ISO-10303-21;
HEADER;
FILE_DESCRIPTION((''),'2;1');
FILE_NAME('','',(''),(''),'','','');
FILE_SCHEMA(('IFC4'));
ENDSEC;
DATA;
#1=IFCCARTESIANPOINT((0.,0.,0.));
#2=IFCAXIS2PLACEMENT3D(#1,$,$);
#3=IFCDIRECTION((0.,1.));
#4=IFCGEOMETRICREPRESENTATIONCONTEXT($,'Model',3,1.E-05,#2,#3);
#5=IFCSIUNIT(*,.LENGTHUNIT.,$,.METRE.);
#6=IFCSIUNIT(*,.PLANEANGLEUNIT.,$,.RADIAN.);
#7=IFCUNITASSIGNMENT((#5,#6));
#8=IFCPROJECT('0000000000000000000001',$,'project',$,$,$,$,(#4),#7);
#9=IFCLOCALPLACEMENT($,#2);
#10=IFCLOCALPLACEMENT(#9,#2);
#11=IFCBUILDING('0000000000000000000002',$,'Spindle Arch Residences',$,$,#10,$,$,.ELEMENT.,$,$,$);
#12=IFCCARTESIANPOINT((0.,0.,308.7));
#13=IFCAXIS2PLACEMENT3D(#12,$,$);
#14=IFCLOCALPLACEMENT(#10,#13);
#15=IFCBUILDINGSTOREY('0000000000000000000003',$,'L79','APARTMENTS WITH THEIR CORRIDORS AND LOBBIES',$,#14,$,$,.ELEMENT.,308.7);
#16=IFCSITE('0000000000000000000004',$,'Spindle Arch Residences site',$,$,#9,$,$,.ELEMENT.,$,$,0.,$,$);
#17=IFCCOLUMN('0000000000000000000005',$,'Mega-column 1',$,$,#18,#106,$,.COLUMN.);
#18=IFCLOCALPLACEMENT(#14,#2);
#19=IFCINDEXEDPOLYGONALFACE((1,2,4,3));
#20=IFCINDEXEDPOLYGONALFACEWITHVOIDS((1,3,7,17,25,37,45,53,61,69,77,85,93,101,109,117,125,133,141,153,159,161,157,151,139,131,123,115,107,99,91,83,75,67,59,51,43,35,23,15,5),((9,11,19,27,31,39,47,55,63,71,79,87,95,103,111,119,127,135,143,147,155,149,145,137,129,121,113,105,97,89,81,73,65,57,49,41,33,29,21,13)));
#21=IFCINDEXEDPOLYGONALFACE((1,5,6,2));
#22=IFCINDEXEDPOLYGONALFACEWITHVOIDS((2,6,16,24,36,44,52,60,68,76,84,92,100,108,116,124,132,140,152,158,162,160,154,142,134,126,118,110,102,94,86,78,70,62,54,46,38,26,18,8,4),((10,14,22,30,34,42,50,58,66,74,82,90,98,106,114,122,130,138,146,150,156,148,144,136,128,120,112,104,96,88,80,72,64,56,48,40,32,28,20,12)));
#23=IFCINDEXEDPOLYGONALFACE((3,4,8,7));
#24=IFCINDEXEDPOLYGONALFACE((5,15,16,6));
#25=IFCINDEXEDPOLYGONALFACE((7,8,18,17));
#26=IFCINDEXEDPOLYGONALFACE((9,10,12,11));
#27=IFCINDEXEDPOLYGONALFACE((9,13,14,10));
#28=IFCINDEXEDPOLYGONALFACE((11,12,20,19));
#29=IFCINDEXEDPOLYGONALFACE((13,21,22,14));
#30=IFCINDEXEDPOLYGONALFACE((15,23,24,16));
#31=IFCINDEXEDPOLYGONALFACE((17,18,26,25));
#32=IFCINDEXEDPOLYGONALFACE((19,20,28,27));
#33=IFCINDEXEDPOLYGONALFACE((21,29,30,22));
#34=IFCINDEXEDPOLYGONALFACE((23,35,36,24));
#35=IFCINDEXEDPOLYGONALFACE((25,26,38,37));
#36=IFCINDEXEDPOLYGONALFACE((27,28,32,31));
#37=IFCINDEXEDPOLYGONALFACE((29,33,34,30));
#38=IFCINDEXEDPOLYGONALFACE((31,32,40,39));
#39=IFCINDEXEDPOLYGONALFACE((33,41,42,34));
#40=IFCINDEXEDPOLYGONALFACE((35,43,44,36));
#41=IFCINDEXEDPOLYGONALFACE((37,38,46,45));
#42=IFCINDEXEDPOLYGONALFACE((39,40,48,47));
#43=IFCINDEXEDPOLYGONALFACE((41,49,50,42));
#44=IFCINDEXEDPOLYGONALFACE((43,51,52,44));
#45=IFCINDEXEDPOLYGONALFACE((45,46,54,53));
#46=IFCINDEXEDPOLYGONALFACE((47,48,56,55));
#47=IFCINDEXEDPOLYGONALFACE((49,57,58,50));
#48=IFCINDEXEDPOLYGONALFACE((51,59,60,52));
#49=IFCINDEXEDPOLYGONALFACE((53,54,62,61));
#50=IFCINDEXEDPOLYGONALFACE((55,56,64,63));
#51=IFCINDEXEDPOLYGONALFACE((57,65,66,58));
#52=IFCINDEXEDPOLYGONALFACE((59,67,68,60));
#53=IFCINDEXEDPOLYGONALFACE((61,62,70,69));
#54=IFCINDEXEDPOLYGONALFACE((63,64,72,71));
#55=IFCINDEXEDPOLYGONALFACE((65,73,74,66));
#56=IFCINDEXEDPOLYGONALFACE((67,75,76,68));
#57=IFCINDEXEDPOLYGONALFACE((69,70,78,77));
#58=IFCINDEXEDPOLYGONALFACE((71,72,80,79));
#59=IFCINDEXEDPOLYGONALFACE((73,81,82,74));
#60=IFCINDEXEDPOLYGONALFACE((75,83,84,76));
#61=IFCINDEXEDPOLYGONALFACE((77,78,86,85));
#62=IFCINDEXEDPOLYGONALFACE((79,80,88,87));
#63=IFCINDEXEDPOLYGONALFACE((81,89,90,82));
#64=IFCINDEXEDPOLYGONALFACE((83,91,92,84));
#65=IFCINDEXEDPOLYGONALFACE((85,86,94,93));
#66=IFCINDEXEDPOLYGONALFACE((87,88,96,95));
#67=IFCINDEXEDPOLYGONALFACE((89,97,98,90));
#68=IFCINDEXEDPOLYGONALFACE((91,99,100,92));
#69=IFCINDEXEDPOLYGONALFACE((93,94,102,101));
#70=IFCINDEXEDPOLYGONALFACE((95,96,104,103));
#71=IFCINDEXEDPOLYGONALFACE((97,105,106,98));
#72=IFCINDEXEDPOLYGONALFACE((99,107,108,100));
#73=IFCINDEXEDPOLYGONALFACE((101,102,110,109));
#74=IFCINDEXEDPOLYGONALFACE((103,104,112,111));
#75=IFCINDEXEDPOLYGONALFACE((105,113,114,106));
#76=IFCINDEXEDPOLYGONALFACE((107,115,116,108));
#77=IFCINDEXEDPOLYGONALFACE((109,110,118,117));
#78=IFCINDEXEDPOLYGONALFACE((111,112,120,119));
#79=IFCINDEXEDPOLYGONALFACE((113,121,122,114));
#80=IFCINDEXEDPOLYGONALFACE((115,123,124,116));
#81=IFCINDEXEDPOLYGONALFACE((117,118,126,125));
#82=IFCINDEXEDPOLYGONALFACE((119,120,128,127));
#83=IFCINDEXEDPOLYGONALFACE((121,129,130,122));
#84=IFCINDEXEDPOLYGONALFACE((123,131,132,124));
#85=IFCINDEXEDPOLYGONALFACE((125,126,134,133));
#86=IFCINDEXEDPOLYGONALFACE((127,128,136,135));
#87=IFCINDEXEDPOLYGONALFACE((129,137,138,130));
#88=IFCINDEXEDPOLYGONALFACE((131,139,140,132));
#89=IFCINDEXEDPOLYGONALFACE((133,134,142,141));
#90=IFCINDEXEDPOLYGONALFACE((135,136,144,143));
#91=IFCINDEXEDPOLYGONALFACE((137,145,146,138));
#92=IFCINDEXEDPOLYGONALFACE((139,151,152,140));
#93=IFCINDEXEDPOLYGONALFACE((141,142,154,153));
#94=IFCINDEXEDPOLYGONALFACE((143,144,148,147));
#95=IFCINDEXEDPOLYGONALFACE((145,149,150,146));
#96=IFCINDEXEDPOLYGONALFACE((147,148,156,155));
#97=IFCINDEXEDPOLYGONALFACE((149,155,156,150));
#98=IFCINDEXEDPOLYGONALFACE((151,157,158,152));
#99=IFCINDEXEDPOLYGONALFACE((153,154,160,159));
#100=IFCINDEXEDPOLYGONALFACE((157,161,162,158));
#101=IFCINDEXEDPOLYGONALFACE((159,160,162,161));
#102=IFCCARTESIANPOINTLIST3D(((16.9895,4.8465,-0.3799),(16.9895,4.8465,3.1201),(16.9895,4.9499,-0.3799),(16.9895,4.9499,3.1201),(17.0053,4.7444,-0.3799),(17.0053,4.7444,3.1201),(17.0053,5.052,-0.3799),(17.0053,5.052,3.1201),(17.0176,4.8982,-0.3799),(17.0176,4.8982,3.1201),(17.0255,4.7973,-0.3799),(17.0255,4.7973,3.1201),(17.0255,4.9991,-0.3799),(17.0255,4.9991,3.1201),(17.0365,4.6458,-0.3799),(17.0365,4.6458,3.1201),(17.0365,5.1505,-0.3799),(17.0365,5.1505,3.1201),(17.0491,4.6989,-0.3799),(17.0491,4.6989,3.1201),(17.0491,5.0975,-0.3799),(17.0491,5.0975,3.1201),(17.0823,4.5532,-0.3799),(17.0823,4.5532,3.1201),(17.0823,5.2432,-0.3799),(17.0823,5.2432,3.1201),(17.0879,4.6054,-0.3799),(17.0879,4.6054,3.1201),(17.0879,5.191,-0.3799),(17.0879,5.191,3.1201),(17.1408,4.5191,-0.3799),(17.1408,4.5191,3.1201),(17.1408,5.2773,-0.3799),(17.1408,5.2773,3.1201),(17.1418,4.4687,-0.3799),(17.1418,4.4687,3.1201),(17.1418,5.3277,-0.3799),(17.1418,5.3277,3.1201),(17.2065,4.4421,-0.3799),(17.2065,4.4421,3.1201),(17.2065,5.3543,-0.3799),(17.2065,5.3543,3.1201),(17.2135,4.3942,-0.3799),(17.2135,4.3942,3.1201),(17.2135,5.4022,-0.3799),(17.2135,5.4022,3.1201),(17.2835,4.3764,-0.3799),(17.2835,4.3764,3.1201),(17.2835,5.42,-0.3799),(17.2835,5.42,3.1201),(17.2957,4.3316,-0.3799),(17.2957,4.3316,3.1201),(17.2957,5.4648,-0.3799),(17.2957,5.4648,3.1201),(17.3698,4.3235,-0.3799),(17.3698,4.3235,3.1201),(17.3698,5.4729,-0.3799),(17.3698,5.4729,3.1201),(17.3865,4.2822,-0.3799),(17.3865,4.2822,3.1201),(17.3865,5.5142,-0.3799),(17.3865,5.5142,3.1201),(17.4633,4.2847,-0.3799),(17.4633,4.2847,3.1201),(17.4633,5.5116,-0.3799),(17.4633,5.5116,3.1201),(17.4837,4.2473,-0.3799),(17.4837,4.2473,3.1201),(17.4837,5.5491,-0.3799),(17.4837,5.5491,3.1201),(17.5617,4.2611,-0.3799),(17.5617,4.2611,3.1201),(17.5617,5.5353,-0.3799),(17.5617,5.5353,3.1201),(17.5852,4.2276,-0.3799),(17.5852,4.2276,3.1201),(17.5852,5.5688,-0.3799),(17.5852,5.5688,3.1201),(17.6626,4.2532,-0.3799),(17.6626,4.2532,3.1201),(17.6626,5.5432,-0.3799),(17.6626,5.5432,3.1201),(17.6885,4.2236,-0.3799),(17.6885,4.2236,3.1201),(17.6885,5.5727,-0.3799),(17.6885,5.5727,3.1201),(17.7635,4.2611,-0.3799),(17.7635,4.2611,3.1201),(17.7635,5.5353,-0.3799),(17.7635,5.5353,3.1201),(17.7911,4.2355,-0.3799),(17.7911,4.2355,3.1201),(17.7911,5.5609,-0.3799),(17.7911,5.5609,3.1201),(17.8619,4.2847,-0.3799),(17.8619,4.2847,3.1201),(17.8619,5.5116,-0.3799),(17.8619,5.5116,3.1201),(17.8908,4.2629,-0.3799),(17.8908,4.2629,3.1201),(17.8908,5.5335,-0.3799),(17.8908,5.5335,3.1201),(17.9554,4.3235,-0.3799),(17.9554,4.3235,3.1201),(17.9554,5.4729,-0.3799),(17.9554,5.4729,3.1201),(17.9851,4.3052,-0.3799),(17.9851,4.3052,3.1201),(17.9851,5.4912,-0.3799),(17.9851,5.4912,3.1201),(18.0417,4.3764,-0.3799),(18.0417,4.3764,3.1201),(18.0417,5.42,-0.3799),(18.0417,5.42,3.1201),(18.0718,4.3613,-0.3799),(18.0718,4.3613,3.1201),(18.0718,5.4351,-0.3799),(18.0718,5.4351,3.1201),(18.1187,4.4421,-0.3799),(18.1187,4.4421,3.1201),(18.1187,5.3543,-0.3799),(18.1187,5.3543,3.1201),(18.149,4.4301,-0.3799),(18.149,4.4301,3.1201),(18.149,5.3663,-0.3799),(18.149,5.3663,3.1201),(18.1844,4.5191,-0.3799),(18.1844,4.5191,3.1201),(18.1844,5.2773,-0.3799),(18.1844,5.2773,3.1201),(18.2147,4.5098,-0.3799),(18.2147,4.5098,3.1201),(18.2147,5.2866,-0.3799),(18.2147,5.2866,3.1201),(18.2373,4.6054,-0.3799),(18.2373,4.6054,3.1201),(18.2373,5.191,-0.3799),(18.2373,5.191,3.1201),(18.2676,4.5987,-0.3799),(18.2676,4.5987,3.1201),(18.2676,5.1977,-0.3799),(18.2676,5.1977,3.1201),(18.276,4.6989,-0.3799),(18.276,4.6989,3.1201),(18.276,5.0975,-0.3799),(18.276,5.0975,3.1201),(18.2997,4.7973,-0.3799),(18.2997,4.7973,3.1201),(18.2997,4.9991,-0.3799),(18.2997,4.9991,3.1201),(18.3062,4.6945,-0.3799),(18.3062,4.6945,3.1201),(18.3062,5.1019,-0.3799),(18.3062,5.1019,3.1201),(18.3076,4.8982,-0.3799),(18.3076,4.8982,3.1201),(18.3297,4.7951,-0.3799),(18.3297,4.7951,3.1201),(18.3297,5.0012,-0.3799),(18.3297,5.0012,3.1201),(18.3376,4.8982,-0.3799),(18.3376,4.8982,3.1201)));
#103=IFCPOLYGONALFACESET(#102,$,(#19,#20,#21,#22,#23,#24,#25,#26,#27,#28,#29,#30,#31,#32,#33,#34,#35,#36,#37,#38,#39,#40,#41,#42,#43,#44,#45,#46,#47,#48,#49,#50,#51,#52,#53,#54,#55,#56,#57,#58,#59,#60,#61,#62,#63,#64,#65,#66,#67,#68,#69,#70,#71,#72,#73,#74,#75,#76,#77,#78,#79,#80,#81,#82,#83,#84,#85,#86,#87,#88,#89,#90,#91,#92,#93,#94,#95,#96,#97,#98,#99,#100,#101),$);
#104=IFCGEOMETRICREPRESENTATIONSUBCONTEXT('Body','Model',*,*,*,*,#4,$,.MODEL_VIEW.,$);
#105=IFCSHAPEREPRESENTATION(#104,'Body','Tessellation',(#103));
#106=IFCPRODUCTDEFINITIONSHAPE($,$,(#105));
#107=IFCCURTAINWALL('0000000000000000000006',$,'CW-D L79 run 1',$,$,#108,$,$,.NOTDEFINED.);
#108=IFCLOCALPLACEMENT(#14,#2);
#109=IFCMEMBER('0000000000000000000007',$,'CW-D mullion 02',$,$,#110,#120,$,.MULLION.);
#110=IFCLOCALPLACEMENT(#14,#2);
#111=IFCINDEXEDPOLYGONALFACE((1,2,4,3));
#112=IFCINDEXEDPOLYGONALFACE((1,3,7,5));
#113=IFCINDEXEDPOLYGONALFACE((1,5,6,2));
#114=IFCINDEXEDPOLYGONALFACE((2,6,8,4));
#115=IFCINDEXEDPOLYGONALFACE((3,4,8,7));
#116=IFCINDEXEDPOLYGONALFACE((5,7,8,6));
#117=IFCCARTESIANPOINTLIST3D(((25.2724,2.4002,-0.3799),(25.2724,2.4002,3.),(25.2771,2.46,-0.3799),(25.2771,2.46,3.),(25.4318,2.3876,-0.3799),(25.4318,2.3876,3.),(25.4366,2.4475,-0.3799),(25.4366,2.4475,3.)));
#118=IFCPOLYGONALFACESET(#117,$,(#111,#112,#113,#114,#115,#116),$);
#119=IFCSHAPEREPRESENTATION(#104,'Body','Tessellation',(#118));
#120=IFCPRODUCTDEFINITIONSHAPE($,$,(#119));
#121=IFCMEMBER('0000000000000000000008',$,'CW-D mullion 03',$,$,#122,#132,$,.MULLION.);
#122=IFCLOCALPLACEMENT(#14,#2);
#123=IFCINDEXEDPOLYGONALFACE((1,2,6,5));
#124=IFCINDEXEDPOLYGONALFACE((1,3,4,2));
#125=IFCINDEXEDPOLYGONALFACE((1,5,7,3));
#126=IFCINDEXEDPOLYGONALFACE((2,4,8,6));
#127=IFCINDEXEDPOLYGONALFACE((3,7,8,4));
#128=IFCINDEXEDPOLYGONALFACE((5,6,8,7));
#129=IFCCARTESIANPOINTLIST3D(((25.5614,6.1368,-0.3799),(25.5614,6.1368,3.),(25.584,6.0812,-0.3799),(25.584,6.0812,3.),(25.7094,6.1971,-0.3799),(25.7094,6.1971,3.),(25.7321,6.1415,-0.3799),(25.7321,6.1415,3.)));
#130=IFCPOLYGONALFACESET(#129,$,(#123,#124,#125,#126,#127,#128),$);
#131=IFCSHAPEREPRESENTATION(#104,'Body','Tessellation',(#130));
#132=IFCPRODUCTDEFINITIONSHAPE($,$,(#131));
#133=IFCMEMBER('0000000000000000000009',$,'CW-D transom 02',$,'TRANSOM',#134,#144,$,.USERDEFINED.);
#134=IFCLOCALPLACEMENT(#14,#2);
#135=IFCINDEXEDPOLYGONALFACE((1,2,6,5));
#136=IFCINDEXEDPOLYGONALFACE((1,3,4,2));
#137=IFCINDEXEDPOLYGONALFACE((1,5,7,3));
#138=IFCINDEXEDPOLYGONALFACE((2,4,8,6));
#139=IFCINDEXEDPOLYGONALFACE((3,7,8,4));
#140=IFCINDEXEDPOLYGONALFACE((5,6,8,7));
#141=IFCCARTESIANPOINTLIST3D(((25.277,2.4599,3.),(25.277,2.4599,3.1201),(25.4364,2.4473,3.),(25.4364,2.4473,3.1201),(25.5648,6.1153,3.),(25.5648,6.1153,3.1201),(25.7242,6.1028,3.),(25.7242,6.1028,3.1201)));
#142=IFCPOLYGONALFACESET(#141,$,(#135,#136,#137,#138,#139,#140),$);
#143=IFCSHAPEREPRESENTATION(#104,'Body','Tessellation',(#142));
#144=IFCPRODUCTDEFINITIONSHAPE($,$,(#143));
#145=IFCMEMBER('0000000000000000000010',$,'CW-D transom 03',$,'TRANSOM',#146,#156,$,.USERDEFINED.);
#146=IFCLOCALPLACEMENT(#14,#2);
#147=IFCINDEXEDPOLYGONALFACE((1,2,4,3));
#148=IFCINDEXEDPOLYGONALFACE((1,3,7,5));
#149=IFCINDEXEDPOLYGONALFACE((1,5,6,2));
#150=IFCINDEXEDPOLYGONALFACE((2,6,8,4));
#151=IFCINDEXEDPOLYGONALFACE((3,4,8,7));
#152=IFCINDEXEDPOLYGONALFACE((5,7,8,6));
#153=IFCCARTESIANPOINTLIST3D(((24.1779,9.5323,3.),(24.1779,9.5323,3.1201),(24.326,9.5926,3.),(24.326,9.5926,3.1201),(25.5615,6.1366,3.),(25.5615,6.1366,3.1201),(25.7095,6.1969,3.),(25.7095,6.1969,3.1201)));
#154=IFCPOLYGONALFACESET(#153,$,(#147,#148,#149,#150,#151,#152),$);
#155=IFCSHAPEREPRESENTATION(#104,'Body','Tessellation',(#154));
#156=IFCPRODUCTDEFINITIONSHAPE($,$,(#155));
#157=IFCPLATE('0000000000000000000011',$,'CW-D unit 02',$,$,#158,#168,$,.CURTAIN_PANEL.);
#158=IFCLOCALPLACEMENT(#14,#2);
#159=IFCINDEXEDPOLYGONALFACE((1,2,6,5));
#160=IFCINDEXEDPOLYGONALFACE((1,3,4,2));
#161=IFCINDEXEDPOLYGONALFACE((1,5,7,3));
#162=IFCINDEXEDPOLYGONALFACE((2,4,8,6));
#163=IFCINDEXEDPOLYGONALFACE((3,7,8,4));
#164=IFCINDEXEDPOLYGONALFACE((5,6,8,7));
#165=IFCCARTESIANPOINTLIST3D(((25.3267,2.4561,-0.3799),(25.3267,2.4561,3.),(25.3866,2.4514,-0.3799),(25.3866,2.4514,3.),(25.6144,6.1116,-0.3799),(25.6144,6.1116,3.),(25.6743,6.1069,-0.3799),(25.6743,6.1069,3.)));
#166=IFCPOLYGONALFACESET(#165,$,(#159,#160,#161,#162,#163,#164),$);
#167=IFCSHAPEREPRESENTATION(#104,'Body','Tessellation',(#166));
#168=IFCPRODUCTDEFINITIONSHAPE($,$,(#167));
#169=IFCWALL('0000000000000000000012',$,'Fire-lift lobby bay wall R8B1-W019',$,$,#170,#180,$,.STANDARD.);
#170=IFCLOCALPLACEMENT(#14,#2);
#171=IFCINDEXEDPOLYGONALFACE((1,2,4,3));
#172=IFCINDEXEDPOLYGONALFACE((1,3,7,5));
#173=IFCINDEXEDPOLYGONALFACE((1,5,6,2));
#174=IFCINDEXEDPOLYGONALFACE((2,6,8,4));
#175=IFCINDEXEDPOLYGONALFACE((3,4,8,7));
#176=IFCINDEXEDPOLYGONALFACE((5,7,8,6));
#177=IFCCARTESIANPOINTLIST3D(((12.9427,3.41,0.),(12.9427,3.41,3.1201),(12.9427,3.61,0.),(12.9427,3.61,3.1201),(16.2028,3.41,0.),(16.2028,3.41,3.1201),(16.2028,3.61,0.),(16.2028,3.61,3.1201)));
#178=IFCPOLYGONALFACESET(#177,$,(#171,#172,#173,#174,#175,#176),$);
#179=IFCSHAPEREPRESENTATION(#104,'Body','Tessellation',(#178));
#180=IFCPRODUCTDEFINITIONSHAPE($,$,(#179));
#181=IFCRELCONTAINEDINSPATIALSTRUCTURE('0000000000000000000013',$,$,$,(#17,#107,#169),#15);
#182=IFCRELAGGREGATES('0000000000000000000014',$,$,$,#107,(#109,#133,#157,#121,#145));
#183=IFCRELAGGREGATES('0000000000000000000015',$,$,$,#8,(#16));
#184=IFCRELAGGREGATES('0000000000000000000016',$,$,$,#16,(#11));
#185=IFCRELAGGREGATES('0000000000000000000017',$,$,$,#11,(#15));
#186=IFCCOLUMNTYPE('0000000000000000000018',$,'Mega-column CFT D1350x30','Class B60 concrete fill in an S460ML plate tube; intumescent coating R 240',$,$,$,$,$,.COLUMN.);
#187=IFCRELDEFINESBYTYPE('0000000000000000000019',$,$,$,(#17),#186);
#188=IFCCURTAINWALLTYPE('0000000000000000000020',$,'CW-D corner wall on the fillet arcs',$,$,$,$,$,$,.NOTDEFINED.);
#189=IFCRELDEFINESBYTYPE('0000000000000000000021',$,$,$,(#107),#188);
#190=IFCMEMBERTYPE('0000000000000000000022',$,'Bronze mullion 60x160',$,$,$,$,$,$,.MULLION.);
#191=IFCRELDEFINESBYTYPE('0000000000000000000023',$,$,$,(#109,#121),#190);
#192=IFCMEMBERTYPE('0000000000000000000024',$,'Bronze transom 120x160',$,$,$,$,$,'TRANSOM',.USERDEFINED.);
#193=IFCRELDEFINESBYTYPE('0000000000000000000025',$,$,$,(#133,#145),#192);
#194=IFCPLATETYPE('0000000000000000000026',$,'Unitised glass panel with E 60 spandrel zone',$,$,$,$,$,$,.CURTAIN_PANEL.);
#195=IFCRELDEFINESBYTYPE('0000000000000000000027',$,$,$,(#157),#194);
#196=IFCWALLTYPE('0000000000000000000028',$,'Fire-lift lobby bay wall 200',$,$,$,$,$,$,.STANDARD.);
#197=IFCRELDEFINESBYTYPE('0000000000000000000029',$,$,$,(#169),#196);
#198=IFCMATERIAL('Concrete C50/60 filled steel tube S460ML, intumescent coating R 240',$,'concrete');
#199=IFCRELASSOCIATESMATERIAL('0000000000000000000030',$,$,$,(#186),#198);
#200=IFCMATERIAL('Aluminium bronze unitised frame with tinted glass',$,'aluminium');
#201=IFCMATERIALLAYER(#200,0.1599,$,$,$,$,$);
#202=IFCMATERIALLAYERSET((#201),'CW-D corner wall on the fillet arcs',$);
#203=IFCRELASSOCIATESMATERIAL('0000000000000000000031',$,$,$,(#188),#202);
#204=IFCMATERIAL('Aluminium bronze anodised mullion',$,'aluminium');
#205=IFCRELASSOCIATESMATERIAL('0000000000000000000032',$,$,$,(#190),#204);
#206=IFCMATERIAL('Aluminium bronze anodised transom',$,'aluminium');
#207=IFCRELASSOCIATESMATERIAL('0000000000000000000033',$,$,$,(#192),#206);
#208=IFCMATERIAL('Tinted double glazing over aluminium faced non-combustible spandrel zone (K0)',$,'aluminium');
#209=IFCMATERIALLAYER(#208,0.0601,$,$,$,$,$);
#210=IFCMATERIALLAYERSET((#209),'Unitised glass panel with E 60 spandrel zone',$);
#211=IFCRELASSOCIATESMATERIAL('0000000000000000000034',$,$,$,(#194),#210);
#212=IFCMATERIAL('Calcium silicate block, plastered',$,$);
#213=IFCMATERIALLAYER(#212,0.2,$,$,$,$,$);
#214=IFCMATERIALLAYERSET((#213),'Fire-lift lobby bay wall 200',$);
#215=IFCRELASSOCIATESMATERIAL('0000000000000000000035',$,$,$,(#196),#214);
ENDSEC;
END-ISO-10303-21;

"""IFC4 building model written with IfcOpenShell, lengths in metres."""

from ifc_helpers import new_model, si_unit, direction, frame, frame_2d, origin, origin_2d, place, context, subcontext, project, spatial, rectangle, hollow_circle, extrude, material, layer, layer_set, material_profile, profile_set, type_object, element, aggregate, save


model = new_model("IFC4")

# Units and contexts
model_context = context("Model", 3, precision=1e-05, world=origin(), true_north=direction((0.0, 1.0)))
body_context = subcontext(model_context, "Body", "Model", "MODEL_VIEW")
ifc_project = project(units=[si_unit("LENGTHUNIT", "METRE"), si_unit("PLANEANGLEUNIT", "RADIAN")], contexts=[model_context])

# Site, building, storey
site_placement = place(None, origin())
site = spatial("IfcSite", under=ifc_project, at=site_placement, Name="Spindle Arch Residences site", CompositionType="ELEMENT", RefElevation=0.0)
building_placement = place(site_placement, origin())
building = spatial("IfcBuilding", under=site, at=building_placement, Name="Spindle Arch Residences", CompositionType="ELEMENT")
storey_placement = place(building_placement, frame((0.0, 0.0, 308.7)))
storey = spatial("IfcBuildingStorey", under=building, at=storey_placement, Name="L79", Description="APARTMENTS WITH THEIR CORRIDORS AND LOBBIES", CompositionType="ELEMENT", Elevation=308.7)

# Column
ifc_material_1 = material(Name="Concrete C50/60 filled steel tube S460ML, intumescent coating R 240", Category="concrete")
ifc_material_profile_1 = material_profile(ifc_material_1, hollow_circle(Radius=0.675, WallThickness=0.03, at=origin_2d()), Name="CFT D1350x30")
ifc_profile_set_1 = profile_set([ifc_material_profile_1], Name="Concrete C50/60 filled steel tube S460ML, intumescent coating R 240")
column_type = type_object("IfcColumnType", Name="Mega-column CFT D1350x30", Description="Class B60 concrete fill in an S460ML plate tube; intumescent coating R 240", PredefinedType="COLUMN", material=ifc_profile_set_1)
column_placement = place(storey_placement, frame((17.6626, 4.8982, -0.3799), z_axis=(0.0, 0.0, 1.0), x_axis=(1.0, 0.0, 0.0)))
element("IfcColumn", 1, at=column_placement, inside=storey, type_object=column_type, Name="Mega-column 1", PredefinedType="COLUMN", context=body_context, shape_type="SweptSolid", body=[
    extrude(hollow_circle(Radius=0.675, WallThickness=0.03, at=origin_2d()), origin(), (0.0, 0.0, 1.0), 3.5),
])

# Curtain wall, members, plate
ifc_material_2 = material(Name="Aluminium bronze unitised frame with tinted glass", Category="aluminium")
ifc_layer_1 = layer(ifc_material_2, 0.1599)
ifc_layer_set_1 = layer_set([ifc_layer_1], Name="CW-D corner wall on the fillet arcs")
curtain_wall_type = type_object("IfcCurtainWallType", Name="CW-D corner wall on the fillet arcs", PredefinedType="NOTDEFINED", material=ifc_layer_set_1)
curtain_wall_placement = place(storey_placement, origin())
curtain_wall = element("IfcCurtainWall", 2, at=curtain_wall_placement, inside=storey, type_object=curtain_wall_type, Name="CW-D L79 run 1", PredefinedType="NOTDEFINED")
ifc_material_3 = material(Name="Aluminium bronze anodised mullion", Category="aluminium")
ifc_material_profile_2 = material_profile(ifc_material_3, rectangle(XDim=0.1599, YDim=0.0601, at=origin_2d()), Name="MU 60x160")
ifc_profile_set_2 = profile_set([ifc_material_profile_2], Name="Aluminium bronze anodised mullion")
member_type_1 = type_object("IfcMemberType", Name="Bronze mullion 60x160", PredefinedType="MULLION", material=ifc_profile_set_2)
member_1_placement = place(storey_placement, frame((25.3545, 2.4238, -0.3799), z_axis=(0.0, 0.0, 1.0), x_axis=(-0.996917, 0.078459, 0.0)))
member_1 = element("IfcMember", 3, at=member_1_placement, type_object=member_type_1, Name="CW-D mullion 02", PredefinedType="MULLION", context=body_context, shape_type="SweptSolid", body=[
    extrude(rectangle(XDim=0.1599, YDim=0.0601, at=origin_2d()), origin(), (0.0, 0.0, 1.0), 3.3799),
])
member_2_placement = place(storey_placement, frame((25.6467, 6.1392, -0.3799), z_axis=(0.0, 0.0, 1.0), x_axis=(-0.92609, -0.377302, 0.0)))
member_2 = element("IfcMember", 4, at=member_2_placement, type_object=member_type_1, Name="CW-D mullion 03", PredefinedType="MULLION", context=body_context, shape_type="SweptSolid", body=[
    extrude(rectangle(XDim=0.1599, YDim=0.0601, at=origin_2d()), origin(), (0.0, 0.0, 1.0), 3.3799),
])
ifc_material_4 = material(Name="Aluminium bronze anodised transom", Category="aluminium")
ifc_material_profile_3 = material_profile(ifc_material_4, rectangle(XDim=0.1599, YDim=0.1201, at=origin_2d()), Name="TR 120x160")
ifc_profile_set_3 = profile_set([ifc_material_profile_3], Name="Aluminium bronze anodised transom")
member_type_2 = type_object("IfcMemberType", Name="Bronze transom 120x160", ElementType="TRANSOM", PredefinedType="USERDEFINED", material=ifc_profile_set_3)
member_3_placement = place(storey_placement, frame((25.3567, 2.4536, 3.0601), z_axis=(0.078499, 0.996914, 0.0), x_axis=(-0.996914, 0.078499, 0.0)))
member_3 = element("IfcMember", 5, at=member_3_placement, type_object=member_type_2, Name="CW-D transom 02", ObjectType="TRANSOM", PredefinedType="USERDEFINED", context=body_context, shape_type="SweptSolid", body=[
    extrude(rectangle(XDim=0.1599, YDim=0.1201, at=origin_2d()), origin(), (0.0, 0.0, 1.0), 3.6667),
])
member_4_placement = place(storey_placement, frame((25.6355, 6.1667, 3.0601), z_axis=(-0.377318, 0.926084, 0.0), x_axis=(-0.926084, -0.377318, 0.0)))
member_4 = element("IfcMember", 6, at=member_4_placement, type_object=member_type_2, Name="CW-D transom 03", ObjectType="TRANSOM", PredefinedType="USERDEFINED", context=body_context, shape_type="SweptSolid", body=[
    extrude(rectangle(XDim=0.1599, YDim=0.1201, at=origin_2d()), origin(), (0.0, 0.0, 1.0), 3.6667),
])
ifc_material_5 = material(Name="Tinted double glazing over aluminium faced non-combustible spandrel zone (K0)", Category="aluminium")
ifc_layer_2 = layer(ifc_material_5, 0.0601)
ifc_layer_set_2 = layer_set([ifc_layer_2], Name="Unitised glass panel with E 60 spandrel zone")
plate_type = type_object("IfcPlateType", Name="Unitised glass panel with E 60 spandrel zone", PredefinedType="CURTAIN_PANEL", material=ifc_layer_set_2)
plate_placement = place(storey_placement, frame((25.5005, 4.2815, -0.3799), z_axis=(0.0, 0.0, 1.0), x_axis=(0.078459, 0.996917, 0.0)))
plate = element("IfcPlate", 7, at=plate_placement, type_object=plate_type, Name="CW-D unit 02", PredefinedType="CURTAIN_PANEL", context=body_context, shape_type="SweptSolid", body=[
    extrude(rectangle(XDim=3.6667, YDim=0.0601, at=origin_2d()), origin(), (0.0, 0.0, 1.0), 3.3799),
])
aggregate(curtain_wall, [member_1, member_3, plate, member_2, member_4])

# Wall
ifc_material_6 = material(Name="Calcium silicate block, plastered")
ifc_layer_3 = layer(ifc_material_6, 0.2)
ifc_layer_set_3 = layer_set([ifc_layer_3], Name="Fire-lift lobby bay wall 200")
wall_type_1 = type_object("IfcWallType", Name="Fire-lift lobby bay wall 200", PredefinedType="STANDARD", material=ifc_layer_set_3)
wall_1_placement = place(storey_placement, frame((16.2026, 3.51, 0.0), z_axis=(0.0, 0.0, 1.0), x_axis=(-1.0, 0.0, 0.0)))
element("IfcWall", 8, at=wall_1_placement, inside=storey, type_object=wall_type_1, Name="Fire-lift lobby bay wall R8B1-W019", PredefinedType="STANDARD", context=body_context, shape_type="SweptSolid", body=[
    extrude(rectangle(XDim=3.26, YDim=0.2, at=frame_2d((1.6299, 0.0))), origin(), (0.0, 0.0, 1.0), 3.1201),
])

save(model, "model.ifc")
